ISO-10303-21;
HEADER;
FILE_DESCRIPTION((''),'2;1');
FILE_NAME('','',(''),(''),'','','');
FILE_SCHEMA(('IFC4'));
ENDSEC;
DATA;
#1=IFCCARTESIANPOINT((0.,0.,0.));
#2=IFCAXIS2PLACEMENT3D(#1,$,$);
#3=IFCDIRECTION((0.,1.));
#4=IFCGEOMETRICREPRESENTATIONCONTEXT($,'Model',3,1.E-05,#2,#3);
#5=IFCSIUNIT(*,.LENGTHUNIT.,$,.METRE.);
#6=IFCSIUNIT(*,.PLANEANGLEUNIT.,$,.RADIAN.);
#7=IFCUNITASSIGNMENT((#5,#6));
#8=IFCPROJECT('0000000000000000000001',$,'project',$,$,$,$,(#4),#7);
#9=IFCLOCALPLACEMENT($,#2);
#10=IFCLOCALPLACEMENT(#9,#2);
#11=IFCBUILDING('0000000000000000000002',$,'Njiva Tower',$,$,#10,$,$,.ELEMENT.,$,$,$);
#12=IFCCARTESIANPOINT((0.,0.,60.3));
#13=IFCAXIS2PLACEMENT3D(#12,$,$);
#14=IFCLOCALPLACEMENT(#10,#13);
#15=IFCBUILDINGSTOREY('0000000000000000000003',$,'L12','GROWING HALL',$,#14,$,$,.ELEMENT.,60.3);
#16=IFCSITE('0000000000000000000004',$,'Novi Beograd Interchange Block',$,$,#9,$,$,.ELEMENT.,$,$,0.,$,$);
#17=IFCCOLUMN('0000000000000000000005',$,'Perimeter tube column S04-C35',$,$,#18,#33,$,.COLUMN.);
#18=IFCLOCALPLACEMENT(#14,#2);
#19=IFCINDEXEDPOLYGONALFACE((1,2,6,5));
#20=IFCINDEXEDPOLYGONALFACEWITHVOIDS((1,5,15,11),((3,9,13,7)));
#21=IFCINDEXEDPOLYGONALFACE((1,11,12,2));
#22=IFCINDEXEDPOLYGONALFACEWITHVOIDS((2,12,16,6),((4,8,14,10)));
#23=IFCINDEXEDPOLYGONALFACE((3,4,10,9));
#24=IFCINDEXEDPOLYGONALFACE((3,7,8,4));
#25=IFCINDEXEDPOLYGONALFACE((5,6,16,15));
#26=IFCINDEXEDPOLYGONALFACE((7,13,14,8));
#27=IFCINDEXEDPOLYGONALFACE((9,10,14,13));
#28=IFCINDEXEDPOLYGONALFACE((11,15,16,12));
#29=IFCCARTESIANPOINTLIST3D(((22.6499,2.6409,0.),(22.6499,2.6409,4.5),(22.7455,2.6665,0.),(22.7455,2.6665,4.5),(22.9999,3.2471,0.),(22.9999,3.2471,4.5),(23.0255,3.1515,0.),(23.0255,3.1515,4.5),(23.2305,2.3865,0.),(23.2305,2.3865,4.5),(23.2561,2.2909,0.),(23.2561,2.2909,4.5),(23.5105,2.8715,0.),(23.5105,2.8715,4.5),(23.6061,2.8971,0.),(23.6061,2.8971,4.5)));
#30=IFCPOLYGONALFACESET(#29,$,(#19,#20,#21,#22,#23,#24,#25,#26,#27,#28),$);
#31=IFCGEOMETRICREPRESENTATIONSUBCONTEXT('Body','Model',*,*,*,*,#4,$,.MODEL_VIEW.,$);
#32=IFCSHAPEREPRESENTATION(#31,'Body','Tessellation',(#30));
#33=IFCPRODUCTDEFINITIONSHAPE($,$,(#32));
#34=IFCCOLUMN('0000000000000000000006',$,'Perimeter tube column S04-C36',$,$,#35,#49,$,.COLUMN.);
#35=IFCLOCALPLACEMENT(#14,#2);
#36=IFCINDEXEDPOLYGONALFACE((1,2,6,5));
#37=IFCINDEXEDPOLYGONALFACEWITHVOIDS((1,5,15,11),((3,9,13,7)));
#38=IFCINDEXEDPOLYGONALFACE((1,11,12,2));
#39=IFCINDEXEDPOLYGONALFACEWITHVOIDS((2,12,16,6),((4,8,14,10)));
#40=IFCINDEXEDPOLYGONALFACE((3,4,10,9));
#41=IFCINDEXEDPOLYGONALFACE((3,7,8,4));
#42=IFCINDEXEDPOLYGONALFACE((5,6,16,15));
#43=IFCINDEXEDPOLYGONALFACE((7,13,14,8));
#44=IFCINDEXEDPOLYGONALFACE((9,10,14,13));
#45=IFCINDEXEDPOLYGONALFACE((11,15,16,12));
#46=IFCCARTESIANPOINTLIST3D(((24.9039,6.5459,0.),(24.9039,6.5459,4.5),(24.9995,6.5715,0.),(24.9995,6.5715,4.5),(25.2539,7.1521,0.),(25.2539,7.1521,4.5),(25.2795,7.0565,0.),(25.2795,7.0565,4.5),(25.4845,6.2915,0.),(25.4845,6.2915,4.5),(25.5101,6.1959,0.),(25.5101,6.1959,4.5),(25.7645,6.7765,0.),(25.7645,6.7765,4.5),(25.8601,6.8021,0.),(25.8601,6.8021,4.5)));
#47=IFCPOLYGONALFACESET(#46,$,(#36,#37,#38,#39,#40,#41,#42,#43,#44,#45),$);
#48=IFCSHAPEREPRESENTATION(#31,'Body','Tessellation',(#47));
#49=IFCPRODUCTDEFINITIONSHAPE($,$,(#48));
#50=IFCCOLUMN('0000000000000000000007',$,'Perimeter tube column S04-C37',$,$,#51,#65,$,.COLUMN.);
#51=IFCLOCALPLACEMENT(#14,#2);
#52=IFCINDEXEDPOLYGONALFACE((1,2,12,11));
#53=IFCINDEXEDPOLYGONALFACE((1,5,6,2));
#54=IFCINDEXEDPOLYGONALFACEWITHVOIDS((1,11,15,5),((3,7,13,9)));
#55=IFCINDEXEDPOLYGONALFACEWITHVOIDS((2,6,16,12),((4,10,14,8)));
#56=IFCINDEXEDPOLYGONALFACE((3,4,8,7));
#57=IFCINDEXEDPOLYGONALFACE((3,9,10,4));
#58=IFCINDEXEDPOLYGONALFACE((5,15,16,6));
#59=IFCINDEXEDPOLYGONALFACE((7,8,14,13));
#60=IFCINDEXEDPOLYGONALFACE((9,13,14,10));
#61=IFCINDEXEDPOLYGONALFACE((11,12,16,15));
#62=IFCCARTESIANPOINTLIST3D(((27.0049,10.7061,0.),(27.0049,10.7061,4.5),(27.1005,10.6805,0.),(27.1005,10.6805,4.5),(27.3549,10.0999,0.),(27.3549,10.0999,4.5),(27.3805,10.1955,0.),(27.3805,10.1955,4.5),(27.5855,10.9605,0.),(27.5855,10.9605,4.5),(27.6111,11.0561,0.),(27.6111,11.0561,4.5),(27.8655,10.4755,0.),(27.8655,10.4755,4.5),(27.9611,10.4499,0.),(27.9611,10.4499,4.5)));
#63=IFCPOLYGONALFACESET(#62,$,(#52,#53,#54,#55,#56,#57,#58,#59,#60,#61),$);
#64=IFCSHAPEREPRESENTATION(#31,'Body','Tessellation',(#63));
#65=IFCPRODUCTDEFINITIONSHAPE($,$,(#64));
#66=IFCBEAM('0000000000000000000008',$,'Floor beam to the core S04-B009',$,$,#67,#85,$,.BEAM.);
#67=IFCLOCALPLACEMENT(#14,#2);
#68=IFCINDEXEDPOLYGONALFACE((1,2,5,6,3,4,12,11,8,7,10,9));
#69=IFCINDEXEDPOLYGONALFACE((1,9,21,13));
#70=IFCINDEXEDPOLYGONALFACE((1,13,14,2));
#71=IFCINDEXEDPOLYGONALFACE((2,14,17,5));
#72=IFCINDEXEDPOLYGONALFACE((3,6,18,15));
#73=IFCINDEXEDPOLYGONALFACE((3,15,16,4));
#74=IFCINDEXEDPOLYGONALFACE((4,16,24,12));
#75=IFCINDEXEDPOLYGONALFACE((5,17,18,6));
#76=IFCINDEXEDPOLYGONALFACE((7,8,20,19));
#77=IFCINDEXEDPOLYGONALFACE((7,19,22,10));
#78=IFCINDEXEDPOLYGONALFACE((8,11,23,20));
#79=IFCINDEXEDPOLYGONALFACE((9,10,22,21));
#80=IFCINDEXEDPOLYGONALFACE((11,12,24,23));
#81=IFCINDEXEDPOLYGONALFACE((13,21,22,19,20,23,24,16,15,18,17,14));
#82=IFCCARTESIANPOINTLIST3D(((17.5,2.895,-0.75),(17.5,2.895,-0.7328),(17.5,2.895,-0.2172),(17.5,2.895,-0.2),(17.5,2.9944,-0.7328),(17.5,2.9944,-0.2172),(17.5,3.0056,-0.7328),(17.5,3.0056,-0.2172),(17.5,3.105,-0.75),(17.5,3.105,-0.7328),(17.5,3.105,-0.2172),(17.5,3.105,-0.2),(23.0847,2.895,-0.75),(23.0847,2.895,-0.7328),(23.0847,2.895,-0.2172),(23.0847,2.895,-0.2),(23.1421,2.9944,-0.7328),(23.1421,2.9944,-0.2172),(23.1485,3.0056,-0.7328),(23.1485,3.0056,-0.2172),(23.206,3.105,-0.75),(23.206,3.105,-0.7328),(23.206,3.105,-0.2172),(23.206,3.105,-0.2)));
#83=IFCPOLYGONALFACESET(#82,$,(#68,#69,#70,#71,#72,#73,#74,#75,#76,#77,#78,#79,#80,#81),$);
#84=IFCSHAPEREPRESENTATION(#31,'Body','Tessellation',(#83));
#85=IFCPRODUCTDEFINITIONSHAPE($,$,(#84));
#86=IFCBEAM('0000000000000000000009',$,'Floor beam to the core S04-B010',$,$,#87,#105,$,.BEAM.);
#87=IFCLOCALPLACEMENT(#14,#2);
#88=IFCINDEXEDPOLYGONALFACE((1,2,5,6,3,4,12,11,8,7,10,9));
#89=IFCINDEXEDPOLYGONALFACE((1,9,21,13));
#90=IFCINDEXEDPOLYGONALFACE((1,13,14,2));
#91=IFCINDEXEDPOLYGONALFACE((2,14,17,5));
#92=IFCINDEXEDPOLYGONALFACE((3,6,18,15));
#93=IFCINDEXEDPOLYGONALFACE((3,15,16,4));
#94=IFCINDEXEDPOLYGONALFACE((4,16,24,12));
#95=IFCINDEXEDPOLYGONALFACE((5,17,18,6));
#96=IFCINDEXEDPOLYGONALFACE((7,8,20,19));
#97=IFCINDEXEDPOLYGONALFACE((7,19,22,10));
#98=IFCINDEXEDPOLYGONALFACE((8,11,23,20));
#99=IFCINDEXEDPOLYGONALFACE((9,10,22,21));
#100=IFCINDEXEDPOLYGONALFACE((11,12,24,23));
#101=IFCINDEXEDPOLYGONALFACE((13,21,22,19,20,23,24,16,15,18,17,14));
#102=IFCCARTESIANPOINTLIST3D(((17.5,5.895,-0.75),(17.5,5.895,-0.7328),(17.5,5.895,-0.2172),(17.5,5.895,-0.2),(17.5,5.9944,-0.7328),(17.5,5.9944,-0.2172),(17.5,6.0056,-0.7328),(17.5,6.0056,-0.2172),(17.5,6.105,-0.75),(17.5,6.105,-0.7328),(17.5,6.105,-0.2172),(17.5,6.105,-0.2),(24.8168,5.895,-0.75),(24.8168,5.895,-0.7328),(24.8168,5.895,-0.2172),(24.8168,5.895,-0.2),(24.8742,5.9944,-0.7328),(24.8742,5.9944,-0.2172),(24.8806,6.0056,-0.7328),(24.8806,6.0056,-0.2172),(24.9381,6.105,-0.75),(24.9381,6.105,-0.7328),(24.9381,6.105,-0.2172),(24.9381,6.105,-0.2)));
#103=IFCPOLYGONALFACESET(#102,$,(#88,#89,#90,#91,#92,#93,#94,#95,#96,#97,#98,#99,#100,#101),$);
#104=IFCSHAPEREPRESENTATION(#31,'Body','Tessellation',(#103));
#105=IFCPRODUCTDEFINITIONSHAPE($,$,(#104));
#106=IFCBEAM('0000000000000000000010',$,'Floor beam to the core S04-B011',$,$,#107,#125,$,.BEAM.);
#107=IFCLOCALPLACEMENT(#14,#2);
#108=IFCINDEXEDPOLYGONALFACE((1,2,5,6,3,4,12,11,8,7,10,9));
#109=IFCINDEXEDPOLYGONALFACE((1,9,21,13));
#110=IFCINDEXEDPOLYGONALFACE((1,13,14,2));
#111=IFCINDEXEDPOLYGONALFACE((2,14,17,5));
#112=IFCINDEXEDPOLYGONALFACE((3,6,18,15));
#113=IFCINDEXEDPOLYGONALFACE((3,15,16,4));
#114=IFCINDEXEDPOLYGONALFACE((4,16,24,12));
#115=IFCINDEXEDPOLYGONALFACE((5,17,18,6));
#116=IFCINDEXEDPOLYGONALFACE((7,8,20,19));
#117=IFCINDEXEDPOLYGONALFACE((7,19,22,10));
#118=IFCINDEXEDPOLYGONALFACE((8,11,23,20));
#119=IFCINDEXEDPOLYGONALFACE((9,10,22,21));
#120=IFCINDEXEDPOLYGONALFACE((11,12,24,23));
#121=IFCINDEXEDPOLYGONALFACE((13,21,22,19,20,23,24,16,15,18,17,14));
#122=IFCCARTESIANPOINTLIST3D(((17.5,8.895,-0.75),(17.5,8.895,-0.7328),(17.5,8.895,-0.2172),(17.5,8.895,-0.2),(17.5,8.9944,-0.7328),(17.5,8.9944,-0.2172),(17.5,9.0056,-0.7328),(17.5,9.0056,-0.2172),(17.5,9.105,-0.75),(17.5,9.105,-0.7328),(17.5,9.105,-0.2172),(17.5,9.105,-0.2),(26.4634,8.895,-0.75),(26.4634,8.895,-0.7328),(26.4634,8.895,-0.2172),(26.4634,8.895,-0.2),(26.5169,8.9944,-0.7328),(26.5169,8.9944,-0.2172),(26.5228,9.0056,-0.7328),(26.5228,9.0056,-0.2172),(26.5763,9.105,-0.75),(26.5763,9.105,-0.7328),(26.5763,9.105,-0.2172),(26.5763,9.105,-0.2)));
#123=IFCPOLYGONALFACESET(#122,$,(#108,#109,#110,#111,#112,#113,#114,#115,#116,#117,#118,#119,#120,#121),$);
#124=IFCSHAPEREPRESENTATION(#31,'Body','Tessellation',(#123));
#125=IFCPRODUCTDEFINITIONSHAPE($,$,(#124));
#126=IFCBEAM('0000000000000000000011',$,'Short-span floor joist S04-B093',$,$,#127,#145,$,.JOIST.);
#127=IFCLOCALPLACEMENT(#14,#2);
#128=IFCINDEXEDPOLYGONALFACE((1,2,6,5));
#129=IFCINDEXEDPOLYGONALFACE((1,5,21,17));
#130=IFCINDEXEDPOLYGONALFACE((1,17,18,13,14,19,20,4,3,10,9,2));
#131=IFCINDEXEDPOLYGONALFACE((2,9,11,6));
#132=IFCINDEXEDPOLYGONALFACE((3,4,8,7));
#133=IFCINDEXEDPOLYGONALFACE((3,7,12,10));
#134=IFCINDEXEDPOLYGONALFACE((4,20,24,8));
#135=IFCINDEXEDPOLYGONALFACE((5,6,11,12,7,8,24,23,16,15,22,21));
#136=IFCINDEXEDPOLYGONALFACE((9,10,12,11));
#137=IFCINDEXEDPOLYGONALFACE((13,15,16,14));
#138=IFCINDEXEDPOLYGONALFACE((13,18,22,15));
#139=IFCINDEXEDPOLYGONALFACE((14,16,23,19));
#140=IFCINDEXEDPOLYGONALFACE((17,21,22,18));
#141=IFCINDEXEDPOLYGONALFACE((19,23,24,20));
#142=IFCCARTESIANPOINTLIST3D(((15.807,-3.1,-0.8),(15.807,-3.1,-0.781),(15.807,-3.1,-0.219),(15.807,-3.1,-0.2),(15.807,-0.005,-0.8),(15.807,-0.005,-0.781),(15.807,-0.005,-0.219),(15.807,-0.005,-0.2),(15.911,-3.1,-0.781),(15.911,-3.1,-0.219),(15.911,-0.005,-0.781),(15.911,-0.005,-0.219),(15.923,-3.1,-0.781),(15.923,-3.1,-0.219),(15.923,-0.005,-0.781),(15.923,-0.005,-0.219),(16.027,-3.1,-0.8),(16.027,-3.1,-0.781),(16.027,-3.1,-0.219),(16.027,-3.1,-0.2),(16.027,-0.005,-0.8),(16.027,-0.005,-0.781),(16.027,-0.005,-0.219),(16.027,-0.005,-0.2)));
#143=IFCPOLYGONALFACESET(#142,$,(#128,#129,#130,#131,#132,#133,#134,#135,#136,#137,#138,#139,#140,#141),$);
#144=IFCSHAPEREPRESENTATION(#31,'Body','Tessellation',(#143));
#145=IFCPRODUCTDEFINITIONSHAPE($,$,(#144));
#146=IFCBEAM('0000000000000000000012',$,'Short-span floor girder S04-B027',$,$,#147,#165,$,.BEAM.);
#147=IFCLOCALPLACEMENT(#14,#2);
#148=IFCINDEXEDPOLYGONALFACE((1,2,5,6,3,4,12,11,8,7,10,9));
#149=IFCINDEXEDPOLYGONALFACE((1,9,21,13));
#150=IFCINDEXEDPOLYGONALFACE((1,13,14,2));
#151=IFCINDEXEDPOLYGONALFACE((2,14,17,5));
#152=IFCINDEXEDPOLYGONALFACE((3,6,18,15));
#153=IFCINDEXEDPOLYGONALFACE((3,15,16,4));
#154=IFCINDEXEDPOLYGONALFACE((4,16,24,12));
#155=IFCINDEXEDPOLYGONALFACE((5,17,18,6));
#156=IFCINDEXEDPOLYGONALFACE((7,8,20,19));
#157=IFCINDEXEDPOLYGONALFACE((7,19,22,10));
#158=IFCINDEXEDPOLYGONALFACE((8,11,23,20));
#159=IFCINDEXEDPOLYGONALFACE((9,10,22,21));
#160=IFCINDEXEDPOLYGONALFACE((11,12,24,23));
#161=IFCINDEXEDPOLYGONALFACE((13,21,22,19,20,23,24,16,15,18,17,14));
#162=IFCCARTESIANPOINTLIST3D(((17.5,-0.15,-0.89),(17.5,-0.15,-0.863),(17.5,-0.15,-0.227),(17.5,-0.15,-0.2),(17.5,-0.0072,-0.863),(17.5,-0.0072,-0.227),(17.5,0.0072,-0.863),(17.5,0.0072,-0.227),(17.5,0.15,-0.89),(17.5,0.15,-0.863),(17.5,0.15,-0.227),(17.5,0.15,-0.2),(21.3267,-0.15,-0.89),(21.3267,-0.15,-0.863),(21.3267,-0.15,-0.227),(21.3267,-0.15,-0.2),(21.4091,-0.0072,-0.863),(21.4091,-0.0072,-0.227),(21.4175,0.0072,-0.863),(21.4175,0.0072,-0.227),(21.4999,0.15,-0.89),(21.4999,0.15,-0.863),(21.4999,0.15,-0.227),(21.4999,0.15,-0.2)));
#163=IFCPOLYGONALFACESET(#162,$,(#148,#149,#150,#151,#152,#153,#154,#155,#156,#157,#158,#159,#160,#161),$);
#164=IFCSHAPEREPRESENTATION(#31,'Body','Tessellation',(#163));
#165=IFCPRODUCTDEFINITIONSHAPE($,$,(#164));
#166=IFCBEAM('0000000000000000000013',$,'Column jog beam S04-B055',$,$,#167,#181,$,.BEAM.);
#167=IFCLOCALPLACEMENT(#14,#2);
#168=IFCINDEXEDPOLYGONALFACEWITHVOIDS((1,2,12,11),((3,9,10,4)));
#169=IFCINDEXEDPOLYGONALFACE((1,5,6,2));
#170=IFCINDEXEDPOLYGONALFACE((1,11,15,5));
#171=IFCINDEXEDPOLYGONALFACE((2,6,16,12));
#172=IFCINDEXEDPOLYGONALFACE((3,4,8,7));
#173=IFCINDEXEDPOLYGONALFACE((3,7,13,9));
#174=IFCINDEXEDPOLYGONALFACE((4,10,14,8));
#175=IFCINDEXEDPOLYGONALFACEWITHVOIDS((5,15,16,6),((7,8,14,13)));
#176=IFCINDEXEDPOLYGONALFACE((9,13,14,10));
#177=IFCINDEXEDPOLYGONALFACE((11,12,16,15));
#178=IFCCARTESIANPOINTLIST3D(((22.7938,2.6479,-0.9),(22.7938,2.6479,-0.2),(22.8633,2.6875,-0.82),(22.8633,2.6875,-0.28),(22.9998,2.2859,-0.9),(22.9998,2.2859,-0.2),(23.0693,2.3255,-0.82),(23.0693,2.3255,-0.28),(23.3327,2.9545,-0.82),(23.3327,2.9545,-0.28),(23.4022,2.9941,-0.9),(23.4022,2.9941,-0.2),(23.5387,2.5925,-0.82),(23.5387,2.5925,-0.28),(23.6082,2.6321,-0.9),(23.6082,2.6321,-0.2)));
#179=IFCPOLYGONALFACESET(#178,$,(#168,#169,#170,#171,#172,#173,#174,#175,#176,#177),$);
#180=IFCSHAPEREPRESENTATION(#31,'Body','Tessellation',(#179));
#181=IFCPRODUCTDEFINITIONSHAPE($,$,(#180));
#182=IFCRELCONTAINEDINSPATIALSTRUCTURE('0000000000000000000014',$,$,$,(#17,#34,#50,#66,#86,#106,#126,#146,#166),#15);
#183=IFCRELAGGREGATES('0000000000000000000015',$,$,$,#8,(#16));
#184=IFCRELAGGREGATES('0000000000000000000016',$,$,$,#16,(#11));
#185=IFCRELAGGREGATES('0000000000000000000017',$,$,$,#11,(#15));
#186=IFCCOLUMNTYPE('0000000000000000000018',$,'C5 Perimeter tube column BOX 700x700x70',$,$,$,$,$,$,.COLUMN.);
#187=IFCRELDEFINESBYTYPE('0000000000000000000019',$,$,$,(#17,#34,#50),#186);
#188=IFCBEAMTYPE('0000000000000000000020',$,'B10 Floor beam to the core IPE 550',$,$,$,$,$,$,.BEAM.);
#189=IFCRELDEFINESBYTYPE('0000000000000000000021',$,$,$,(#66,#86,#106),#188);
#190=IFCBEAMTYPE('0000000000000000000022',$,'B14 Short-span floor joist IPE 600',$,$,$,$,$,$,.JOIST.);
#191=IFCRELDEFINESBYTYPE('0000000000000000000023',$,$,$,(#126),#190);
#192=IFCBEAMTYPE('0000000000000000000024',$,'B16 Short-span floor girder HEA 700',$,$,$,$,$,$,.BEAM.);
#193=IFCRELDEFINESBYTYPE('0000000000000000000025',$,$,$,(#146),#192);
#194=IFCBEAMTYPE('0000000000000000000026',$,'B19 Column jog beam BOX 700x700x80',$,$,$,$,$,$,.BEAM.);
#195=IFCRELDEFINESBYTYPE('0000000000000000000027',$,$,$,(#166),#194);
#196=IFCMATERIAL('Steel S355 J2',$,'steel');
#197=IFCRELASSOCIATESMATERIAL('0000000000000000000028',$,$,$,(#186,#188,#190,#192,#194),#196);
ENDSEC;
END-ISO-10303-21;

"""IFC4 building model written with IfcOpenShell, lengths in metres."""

from ifc_helpers import new_model, si_unit, direction, frame, origin, origin_2d, place, context, subcontext, project, spatial, hollow_rectangle, i_section, extrude, clip, halfspace, material, material_profile, profile_set, type_object, element, save


model = new_model("IFC4")

# Units and contexts
model_context = context("Model", 3, precision=1e-05, world=origin(), true_north=direction((0.0, 1.0)))
body_context = subcontext(model_context, "Body", "Model", "MODEL_VIEW")
ifc_project = project(units=[si_unit("LENGTHUNIT", "METRE"), si_unit("PLANEANGLEUNIT", "RADIAN")], contexts=[model_context])

# Site, building, storey
site_placement = place(None, origin())
site = spatial("IfcSite", under=ifc_project, at=site_placement, Name="Novi Beograd Interchange Block", CompositionType="ELEMENT", RefElevation=0.0)
building_placement = place(site_placement, origin())
building = spatial("IfcBuilding", under=site, at=building_placement, Name="Njiva Tower", CompositionType="ELEMENT")
storey_placement = place(building_placement, frame((0.0, 0.0, 60.3)))
storey = spatial("IfcBuildingStorey", under=building, at=storey_placement, Name="L12", Description="GROWING HALL", CompositionType="ELEMENT", Elevation=60.3)

# Columns
ifc_material_1 = material(Name="Steel S355 J2", Category="steel")
ifc_material_profile_1 = material_profile(ifc_material_1, hollow_rectangle(XDim=0.7, YDim=0.7, WallThickness=0.07, at=origin_2d()), Name="BOX 700x700x70")
ifc_profile_set_1 = profile_set([ifc_material_profile_1], Name="Steel S355 J2")
column_type = type_object("IfcColumnType", Name="C5 Perimeter tube column BOX 700x700x70", PredefinedType="COLUMN", material=ifc_profile_set_1)
for number, where, z_axis, x_axis, name in (
    (1, (23.128, 2.769, 0.0), (0.0, 0.0, 1.0), (0.5, 0.866025, 0.0), "Perimeter tube column S04-C35"),
    (2, (25.382, 6.674, 0.0), (0.0, 0.0, 1.0), (0.5, 0.866025, 0.0), "Perimeter tube column S04-C36"),
    (3, (27.483, 10.578, 0.0), (0.0, 0.0, 1.0), (-0.5, 0.866025, 0.0), "Perimeter tube column S04-C37"),
):
    element("IfcColumn", number, at=place(storey_placement, frame(where, z_axis=z_axis, x_axis=x_axis)), inside=storey, type_object=column_type, Name=name, PredefinedType="COLUMN", context=body_context, shape_type="SweptSolid", body=[
        extrude(hollow_rectangle(XDim=0.7, YDim=0.7, WallThickness=0.07, at=origin_2d()), origin(), (0.0, 0.0, 1.0), 4.5),
    ])

# Beams
ifc_material_profile_2 = material_profile(ifc_material_1, i_section(OverallWidth=0.21, OverallDepth=0.55, WebThickness=0.0111, FlangeThickness=0.0172, at=origin_2d()), Name="IPE 550")
ifc_profile_set_2 = profile_set([ifc_material_profile_2], Name="Steel S355 J2")
beam_type_1 = type_object("IfcBeamType", Name="B10 Floor beam to the core IPE 550", PredefinedType="BEAM", material=ifc_profile_set_2)
beam_1_placement = place(storey_placement, frame((17.5, 3.0, -0.475), z_axis=(1.0, 0.0, 0.0), x_axis=(0.0, 1.0, 0.0)))
element("IfcBeam", 4, at=beam_1_placement, inside=storey, type_object=beam_type_1, Name="Floor beam to the core S04-B009", PredefinedType="BEAM", context=body_context, shape_type="Clipping", body=[
    clip(extrude(i_section(OverallWidth=0.21, OverallDepth=0.55, WebThickness=0.0111, FlangeThickness=0.0172, at=origin_2d()), origin(), (0.0, 0.0, 1.0), 5.726), halfspace(frame((-0.025, 0.0, 5.6309), z_axis=(-0.499998, 0.0, 0.866027), x_axis=(0.0, 1.0, 0.0)), False)),
])
beam_2_placement = place(storey_placement, frame((17.5, 6.0, -0.475), z_axis=(1.0, 0.0, 0.0), x_axis=(0.0, 1.0, 0.0)))
element("IfcBeam", 5, at=beam_2_placement, inside=storey, type_object=beam_type_1, Name="Floor beam to the core S04-B010", PredefinedType="BEAM", context=body_context, shape_type="Clipping", body=[
    clip(extrude(i_section(OverallWidth=0.21, OverallDepth=0.55, WebThickness=0.0111, FlangeThickness=0.0172, at=origin_2d()), origin(), (0.0, 0.0, 1.0), 7.458), halfspace(frame((-0.025, 0.0, 7.363), z_axis=(-0.499998, 0.0, 0.866027), x_axis=(0.0, 1.0, 0.0)), False)),
])
beam_3_placement = place(storey_placement, frame((17.5, 9.0, -0.475), z_axis=(1.0, 0.0, 0.0), x_axis=(0.0, 1.0, 0.0)))
element("IfcBeam", 6, at=beam_3_placement, inside=storey, type_object=beam_type_1, Name="Floor beam to the core S04-B011", PredefinedType="BEAM", context=body_context, shape_type="Clipping", body=[
    clip(extrude(i_section(OverallWidth=0.21, OverallDepth=0.55, WebThickness=0.0111, FlangeThickness=0.0172, at=origin_2d()), origin(), (0.0, 0.0, 1.0), 9.096), halfspace(frame((-0.0237, 0.0, 9.0071), z_axis=(-0.473777, 0.0, 0.880645), x_axis=(0.0, 1.0, 0.0)), False)),
])
ifc_material_profile_3 = material_profile(ifc_material_1, i_section(OverallWidth=0.22, OverallDepth=0.6, WebThickness=0.012, FlangeThickness=0.019, at=origin_2d()), Name="IPE 600")
ifc_profile_set_3 = profile_set([ifc_material_profile_3], Name="Steel S355 J2")
beam_type_2 = type_object("IfcBeamType", Name="B14 Short-span floor joist IPE 600", PredefinedType="JOIST", material=ifc_profile_set_3)
beam_4_placement = place(storey_placement, frame((15.917, -0.005, -0.5), z_axis=(0.0, -1.0, 0.0), x_axis=(1.0, 0.0, 0.0)))
element("IfcBeam", 7, at=beam_4_placement, inside=storey, type_object=beam_type_2, Name="Short-span floor joist S04-B093", PredefinedType="JOIST", context=body_context, shape_type="SweptSolid", body=[
    extrude(i_section(OverallWidth=0.22, OverallDepth=0.6, WebThickness=0.012, FlangeThickness=0.019, at=origin_2d()), origin(), (0.0, 0.0, 1.0), 3.095),
])
ifc_material_profile_4 = material_profile(ifc_material_1, i_section(OverallWidth=0.3, OverallDepth=0.69, WebThickness=0.0145, FlangeThickness=0.027, at=origin_2d()), Name="HEA 700")
ifc_profile_set_4 = profile_set([ifc_material_profile_4], Name="Steel S355 J2")
beam_type_3 = type_object("IfcBeamType", Name="B16 Short-span floor girder HEA 700", PredefinedType="BEAM", material=ifc_profile_set_4)
beam_5_placement = place(storey_placement, frame((17.5, 0.0, -0.545), z_axis=(1.0, 0.0, 0.0), x_axis=(0.0, 1.0, 0.0)))
element("IfcBeam", 8, at=beam_5_placement, inside=storey, type_object=beam_type_3, Name="Short-span floor girder S04-B027", PredefinedType="BEAM", context=body_context, shape_type="Clipping", body=[
    clip(extrude(i_section(OverallWidth=0.3, OverallDepth=0.69, WebThickness=0.0145, FlangeThickness=0.027, at=origin_2d()), origin(), (0.0, 0.0, 1.0), 4.02), halfspace(frame((-0.025, 0.0, 3.8989), z_axis=(-0.499998, 0.0, 0.866027), x_axis=(0.0, 1.0, 0.0)), False)),
])
ifc_material_profile_5 = material_profile(ifc_material_1, hollow_rectangle(XDim=0.7, YDim=0.7, WallThickness=0.08, at=origin_2d()), Name="BOX 700x700x80")
ifc_profile_set_5 = profile_set([ifc_material_profile_5], Name="Steel S355 J2")
beam_type_4 = type_object("IfcBeamType", Name="B19 Column jog beam BOX 700x700x80", PredefinedType="BEAM", material=ifc_profile_set_5)
beam_6_placement = place(storey_placement, frame((23.304, 2.459, -0.55), z_axis=(-0.494587, 0.869128, 0.0), x_axis=(-0.869128, -0.494587, 0.0)))
element("IfcBeam", 9, at=beam_6_placement, inside=storey, type_object=beam_type_4, Name="Column jog beam S04-B055", PredefinedType="BEAM", context=body_context, shape_type="SweptSolid", body=[
    extrude(hollow_rectangle(XDim=0.7, YDim=0.7, WallThickness=0.08, at=origin_2d()), origin(), (0.0, 0.0, 1.0), 0.4165),
])

save(model, "model.ifc")
